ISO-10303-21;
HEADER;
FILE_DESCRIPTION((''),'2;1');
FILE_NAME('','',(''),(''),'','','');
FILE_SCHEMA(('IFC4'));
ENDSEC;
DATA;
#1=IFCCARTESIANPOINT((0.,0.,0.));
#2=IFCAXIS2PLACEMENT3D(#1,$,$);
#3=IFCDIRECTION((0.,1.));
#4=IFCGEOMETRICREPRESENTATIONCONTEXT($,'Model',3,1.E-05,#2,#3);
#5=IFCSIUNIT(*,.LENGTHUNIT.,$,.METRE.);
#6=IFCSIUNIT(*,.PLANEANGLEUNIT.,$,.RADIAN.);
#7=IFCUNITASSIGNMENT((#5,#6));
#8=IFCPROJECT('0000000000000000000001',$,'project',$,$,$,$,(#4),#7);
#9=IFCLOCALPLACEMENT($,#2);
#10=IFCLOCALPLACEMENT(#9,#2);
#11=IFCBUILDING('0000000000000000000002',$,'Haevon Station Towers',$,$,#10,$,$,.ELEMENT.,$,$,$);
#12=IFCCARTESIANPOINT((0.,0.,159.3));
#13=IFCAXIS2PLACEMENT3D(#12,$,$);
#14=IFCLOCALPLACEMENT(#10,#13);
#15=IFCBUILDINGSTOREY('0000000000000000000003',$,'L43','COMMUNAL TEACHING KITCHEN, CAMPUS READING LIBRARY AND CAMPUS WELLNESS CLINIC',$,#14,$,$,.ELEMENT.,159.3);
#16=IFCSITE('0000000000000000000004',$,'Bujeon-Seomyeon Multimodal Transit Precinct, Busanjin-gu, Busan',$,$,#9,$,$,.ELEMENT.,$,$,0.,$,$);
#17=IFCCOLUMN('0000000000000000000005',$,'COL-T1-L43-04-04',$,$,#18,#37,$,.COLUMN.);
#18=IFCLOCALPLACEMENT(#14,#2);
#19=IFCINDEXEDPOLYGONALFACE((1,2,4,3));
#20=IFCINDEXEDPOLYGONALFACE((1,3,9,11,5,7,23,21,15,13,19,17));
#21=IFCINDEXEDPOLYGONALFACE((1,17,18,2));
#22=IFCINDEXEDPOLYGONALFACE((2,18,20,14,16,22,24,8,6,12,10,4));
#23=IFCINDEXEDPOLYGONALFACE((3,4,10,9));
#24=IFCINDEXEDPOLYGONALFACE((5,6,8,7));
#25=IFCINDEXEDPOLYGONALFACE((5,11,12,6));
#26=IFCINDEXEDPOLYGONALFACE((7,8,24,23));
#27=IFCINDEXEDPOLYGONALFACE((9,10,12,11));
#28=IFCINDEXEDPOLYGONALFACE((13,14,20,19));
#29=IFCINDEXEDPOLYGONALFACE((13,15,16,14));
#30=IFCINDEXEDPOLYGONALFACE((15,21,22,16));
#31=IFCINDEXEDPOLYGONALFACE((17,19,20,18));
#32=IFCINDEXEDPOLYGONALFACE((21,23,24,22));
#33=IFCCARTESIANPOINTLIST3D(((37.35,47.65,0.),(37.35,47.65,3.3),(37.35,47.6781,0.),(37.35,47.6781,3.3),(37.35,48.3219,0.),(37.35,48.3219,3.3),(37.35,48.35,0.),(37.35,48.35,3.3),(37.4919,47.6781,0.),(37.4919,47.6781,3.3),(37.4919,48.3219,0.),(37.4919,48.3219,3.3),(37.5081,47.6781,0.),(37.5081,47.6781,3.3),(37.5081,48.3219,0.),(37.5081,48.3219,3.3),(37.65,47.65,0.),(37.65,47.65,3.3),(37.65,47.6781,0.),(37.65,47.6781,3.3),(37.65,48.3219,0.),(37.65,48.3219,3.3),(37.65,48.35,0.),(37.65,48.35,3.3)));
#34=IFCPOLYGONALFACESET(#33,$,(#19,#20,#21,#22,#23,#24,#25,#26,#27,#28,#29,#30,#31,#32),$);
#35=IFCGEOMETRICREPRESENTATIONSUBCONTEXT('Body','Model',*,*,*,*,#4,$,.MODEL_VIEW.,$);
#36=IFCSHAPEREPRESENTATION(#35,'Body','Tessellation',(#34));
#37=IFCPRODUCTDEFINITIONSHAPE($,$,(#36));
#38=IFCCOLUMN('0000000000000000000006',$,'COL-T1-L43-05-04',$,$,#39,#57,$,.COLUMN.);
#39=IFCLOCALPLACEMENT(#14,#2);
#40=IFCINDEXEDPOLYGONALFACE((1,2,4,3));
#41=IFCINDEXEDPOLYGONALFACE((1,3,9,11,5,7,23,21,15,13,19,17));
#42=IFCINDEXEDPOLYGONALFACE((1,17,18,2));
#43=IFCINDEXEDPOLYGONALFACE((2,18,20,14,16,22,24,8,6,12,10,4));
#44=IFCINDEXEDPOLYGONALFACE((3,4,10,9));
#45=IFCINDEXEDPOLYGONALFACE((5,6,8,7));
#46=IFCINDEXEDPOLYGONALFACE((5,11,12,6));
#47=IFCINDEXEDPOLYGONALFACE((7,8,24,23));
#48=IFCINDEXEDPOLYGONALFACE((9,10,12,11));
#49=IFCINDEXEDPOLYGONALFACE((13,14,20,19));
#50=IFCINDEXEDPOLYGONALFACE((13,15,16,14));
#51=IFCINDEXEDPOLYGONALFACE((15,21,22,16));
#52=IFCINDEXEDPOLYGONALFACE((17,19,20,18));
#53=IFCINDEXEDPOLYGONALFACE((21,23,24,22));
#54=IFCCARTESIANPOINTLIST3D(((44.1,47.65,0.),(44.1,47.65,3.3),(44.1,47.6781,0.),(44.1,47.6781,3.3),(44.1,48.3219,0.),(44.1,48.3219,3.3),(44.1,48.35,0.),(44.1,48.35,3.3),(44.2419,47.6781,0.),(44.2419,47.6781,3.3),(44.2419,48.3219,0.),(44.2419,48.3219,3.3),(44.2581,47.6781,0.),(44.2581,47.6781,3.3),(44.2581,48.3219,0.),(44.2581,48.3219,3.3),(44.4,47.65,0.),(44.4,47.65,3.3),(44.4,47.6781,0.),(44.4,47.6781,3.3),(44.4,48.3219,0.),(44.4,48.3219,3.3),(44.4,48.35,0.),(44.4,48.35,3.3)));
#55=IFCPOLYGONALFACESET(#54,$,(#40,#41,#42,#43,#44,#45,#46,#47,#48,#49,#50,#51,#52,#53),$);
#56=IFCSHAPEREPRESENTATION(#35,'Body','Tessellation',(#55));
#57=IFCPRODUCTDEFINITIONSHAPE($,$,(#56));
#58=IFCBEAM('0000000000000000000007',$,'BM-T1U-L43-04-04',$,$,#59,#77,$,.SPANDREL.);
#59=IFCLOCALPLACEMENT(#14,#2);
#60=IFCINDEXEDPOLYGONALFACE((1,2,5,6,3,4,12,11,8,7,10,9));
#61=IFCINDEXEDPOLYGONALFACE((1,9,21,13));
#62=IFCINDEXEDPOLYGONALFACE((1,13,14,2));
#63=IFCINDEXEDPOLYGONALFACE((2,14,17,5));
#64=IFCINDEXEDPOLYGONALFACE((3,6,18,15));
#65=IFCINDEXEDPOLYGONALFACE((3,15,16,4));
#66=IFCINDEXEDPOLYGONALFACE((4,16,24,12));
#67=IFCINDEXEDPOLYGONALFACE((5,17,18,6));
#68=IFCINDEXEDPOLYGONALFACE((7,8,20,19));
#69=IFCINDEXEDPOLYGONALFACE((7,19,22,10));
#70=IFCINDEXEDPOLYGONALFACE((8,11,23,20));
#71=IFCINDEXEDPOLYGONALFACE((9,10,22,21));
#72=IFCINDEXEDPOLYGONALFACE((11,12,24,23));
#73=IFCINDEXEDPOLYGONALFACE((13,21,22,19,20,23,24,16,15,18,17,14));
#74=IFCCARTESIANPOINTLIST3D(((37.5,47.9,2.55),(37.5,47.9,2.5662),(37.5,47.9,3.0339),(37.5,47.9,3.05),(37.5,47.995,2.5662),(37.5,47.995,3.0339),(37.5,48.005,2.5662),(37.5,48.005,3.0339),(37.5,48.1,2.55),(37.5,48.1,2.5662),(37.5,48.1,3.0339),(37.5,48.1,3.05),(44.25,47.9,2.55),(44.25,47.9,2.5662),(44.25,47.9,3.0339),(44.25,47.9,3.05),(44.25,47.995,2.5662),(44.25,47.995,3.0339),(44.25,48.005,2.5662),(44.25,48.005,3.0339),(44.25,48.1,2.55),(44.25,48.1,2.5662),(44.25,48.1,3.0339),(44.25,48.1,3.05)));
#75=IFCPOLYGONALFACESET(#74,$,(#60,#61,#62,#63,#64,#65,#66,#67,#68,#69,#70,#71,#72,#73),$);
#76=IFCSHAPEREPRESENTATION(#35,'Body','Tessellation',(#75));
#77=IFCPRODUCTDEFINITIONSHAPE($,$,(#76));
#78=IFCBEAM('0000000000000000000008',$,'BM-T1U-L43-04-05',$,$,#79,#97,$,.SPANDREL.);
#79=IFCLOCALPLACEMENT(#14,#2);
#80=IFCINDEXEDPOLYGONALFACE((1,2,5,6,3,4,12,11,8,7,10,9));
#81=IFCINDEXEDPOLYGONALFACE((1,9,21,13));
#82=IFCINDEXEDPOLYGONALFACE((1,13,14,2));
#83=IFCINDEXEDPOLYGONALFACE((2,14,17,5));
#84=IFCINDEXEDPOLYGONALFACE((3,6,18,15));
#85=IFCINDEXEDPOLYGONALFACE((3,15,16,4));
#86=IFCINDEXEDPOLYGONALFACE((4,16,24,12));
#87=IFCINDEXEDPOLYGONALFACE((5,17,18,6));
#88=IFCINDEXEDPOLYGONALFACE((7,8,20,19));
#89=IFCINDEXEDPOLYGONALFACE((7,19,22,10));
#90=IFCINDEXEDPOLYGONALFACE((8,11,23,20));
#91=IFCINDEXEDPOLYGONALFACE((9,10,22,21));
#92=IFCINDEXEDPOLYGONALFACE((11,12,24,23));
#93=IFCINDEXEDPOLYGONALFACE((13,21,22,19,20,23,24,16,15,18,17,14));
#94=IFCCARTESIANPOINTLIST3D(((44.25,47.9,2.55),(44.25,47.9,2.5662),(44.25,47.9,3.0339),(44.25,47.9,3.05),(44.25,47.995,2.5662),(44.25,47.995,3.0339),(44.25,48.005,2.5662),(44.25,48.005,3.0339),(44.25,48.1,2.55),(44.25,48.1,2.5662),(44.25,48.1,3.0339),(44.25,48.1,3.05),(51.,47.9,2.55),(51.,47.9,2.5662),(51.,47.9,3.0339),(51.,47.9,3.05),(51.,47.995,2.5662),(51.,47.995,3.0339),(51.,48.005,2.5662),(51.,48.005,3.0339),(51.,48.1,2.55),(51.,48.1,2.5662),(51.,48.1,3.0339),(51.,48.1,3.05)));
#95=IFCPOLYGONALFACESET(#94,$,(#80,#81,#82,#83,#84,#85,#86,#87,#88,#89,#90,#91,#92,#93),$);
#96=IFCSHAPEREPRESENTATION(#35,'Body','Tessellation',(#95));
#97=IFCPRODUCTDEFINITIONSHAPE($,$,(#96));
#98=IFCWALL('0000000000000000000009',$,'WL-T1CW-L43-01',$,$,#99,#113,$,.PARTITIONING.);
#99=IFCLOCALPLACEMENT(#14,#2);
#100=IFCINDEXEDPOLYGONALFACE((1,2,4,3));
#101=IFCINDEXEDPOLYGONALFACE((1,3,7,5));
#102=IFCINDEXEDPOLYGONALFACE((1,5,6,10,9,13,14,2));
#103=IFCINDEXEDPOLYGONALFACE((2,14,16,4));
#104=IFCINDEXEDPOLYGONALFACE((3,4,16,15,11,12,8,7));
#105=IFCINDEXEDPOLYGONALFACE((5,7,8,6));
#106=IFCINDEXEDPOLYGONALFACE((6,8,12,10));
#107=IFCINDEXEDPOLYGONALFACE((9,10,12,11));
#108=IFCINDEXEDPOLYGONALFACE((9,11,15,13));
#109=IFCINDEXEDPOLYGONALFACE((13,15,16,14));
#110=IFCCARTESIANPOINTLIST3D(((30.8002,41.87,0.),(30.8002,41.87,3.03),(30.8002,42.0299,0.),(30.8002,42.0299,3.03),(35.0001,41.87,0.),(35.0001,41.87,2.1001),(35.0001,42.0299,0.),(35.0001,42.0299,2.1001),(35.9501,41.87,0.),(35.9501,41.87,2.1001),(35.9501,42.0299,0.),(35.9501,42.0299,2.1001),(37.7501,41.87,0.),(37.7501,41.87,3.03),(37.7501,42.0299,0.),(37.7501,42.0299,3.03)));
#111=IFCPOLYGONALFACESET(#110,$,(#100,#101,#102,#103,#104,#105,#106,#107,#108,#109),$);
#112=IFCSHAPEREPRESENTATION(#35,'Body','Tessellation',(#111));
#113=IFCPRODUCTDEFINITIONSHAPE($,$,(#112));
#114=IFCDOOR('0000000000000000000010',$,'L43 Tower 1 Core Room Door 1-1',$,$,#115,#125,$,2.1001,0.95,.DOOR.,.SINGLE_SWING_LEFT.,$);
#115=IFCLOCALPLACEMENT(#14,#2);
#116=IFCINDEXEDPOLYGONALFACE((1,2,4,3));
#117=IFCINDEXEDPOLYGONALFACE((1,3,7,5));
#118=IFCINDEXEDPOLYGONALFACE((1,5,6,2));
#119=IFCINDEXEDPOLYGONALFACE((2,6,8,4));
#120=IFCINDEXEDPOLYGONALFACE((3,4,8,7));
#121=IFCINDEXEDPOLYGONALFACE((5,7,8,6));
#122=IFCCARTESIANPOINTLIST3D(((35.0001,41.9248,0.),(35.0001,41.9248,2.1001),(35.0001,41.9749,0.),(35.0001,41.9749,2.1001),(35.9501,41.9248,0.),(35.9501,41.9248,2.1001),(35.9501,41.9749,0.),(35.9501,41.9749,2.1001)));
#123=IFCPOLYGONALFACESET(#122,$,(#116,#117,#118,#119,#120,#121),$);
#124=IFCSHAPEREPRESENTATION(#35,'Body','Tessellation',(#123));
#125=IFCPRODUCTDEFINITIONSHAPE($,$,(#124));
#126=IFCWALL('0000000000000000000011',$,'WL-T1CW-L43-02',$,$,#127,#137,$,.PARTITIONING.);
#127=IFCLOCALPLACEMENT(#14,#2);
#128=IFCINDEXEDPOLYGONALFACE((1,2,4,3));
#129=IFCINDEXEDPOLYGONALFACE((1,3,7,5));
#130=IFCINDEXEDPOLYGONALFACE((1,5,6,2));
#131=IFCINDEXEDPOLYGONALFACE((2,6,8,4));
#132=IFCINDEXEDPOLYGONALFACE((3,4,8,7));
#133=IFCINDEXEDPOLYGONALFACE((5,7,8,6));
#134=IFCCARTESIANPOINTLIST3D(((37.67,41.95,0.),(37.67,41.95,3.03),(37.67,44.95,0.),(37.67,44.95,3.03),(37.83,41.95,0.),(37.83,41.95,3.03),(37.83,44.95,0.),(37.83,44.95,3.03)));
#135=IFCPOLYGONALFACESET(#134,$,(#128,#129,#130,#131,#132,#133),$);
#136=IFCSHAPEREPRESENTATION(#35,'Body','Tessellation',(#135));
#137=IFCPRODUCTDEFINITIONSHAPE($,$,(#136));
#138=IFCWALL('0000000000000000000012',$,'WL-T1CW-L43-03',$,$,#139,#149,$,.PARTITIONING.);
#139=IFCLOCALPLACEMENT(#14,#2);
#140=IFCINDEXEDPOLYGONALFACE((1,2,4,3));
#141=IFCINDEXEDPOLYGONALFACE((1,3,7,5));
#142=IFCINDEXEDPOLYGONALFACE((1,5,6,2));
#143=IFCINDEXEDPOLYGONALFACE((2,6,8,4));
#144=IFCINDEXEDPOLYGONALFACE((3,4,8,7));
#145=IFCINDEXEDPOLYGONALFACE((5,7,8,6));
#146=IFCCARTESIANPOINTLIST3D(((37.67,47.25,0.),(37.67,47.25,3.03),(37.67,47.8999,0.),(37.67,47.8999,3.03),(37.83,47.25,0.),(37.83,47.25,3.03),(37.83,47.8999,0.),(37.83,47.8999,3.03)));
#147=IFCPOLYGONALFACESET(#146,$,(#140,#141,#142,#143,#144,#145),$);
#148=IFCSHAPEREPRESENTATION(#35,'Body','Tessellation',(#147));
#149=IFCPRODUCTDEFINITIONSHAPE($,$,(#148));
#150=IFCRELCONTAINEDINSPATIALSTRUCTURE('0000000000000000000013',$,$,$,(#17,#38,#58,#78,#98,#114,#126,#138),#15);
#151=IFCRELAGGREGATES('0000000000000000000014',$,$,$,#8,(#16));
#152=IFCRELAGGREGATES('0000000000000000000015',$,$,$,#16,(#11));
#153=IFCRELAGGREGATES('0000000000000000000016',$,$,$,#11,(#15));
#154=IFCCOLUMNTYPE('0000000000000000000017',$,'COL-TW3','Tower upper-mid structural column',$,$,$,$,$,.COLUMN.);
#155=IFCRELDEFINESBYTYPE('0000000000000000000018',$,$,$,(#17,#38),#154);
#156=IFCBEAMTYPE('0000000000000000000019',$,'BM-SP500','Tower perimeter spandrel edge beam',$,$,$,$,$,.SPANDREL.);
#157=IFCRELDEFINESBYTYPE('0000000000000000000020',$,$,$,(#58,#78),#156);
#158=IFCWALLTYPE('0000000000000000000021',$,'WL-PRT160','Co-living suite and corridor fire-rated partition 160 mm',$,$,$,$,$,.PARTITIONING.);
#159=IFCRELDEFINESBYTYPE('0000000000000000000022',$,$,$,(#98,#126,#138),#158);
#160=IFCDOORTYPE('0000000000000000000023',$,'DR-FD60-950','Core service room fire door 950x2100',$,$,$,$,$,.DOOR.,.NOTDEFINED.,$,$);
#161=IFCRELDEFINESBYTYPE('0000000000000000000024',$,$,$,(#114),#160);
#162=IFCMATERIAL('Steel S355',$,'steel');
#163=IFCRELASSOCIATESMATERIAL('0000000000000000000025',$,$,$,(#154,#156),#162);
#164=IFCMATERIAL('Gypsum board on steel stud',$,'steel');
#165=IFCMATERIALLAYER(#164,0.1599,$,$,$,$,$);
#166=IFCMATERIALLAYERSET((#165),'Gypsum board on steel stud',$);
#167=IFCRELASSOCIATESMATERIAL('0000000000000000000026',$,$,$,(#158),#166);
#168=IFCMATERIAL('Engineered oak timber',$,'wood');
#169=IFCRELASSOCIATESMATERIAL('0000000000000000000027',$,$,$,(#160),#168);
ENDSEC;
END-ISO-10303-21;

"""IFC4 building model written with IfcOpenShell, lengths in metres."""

from ifc_helpers import new_model, si_unit, direction, frame, frame_2d, origin, origin_2d, place, context, subcontext, project, spatial, rectangle, i_section, extrude, material, layer, layer_set, material_profile, profile_set, type_object, element, fill, save


model = new_model("IFC4")

# Units and contexts
model_context = context("Model", 3, precision=1e-05, world=origin(), true_north=direction((0.0, 1.0)))
body_context = subcontext(model_context, "Body", "Model", "MODEL_VIEW")
ifc_project = project(units=[si_unit("LENGTHUNIT", "METRE"), si_unit("PLANEANGLEUNIT", "RADIAN")], contexts=[model_context])

# Site, building, storey
site_placement = place(None, origin())
site = spatial("IfcSite", under=ifc_project, at=site_placement, Name="Bujeon-Seomyeon Multimodal Transit Precinct, Busanjin-gu, Busan", CompositionType="ELEMENT", RefElevation=0.0)
building_placement = place(site_placement, origin())
building = spatial("IfcBuilding", under=site, at=building_placement, Name="Haevon Station Towers", CompositionType="ELEMENT")
storey_placement = place(building_placement, frame((0.0, 0.0, 159.3)))
storey = spatial("IfcBuildingStorey", under=building, at=storey_placement, Name="L43", Description="COMMUNAL TEACHING KITCHEN, CAMPUS READING LIBRARY AND CAMPUS WELLNESS CLINIC", CompositionType="ELEMENT", Elevation=159.3)

# Columns
ifc_material_1 = material(Name="Steel S355", Category="steel")
ifc_material_profile_1 = material_profile(ifc_material_1, i_section(OverallWidth=0.3, OverallDepth=0.7, WebThickness=0.0161, FlangeThickness=0.0281, at=origin_2d()), Name="H-700x300x16x28")
ifc_profile_set_1 = profile_set([ifc_material_profile_1], Name="Steel S355")
column_type = type_object("IfcColumnType", Name="COL-TW3", Description="Tower upper-mid structural column", PredefinedType="COLUMN", material=ifc_profile_set_1)
for number, where, z_axis, x_axis, name in (
    (1, (37.5, 48.0, 0.0), (0.0, 0.0, 1.0), (1.0, 0.0, 0.0), "COL-T1-L43-04-04"),
    (2, (44.25, 48.0, 0.0), (0.0, 0.0, 1.0), (1.0, 0.0, 0.0), "COL-T1-L43-05-04"),
):
    element("IfcColumn", number, at=place(storey_placement, frame(where, z_axis=z_axis, x_axis=x_axis)), inside=storey, type_object=column_type, Name=name, PredefinedType="COLUMN", context=body_context, shape_type="SweptSolid", body=[
        extrude(i_section(OverallWidth=0.3, OverallDepth=0.7, WebThickness=0.0161, FlangeThickness=0.0281, at=origin_2d()), origin(), (0.0, 0.0, 1.0), 3.3),
    ])

# Beams
ifc_material_profile_2 = material_profile(ifc_material_1, i_section(OverallWidth=0.2, OverallDepth=0.5, WebThickness=0.01, FlangeThickness=0.0161, at=origin_2d()), Name="H-500x200x10x16")
ifc_profile_set_2 = profile_set([ifc_material_profile_2], Name="Steel S355")
beam_type = type_object("IfcBeamType", Name="BM-SP500", Description="Tower perimeter spandrel edge beam", PredefinedType="SPANDREL", material=ifc_profile_set_2)
for number, where, z_axis, x_axis, name in (
    (3, (37.5, 48.0, 2.8), (1.0, 0.0, 0.0), (0.0, 1.0, 0.0), "BM-T1U-L43-04-04"),
    (4, (44.25, 48.0, 2.8), (1.0, 0.0, 0.0), (0.0, 1.0, 0.0), "BM-T1U-L43-04-05"),
):
    element("IfcBeam", number, at=place(storey_placement, frame(where, z_axis=z_axis, x_axis=x_axis)), inside=storey, type_object=beam_type, Name=name, PredefinedType="SPANDREL", context=body_context, shape_type="SweptSolid", body=[
        extrude(i_section(OverallWidth=0.2, OverallDepth=0.5, WebThickness=0.01, FlangeThickness=0.0161, at=origin_2d()), origin(), (0.0, 0.0, 1.0), 6.75),
    ])

# Wall, opening, door
ifc_material_2 = material(Name="Gypsum board on steel stud", Category="steel")
ifc_layer_1 = layer(ifc_material_2, 0.1599)
ifc_layer_set_1 = layer_set([ifc_layer_1], Name="Gypsum board on steel stud")
wall_type_1 = type_object("IfcWallType", Name="WL-PRT160", Description="Co-living suite and corridor fire-rated partition 160 mm", PredefinedType="PARTITIONING", material=ifc_layer_set_1)
wall_1_placement = place(storey_placement, frame((30.8, 41.95, 0.0), z_axis=(0.0, 0.0, 1.0), x_axis=(1.0, 0.0, 0.0)))
wall_1 = element("IfcWall", 5, at=wall_1_placement, inside=storey, type_object=wall_type_1, Name="WL-T1CW-L43-01", PredefinedType="PARTITIONING", context=body_context, shape_type="SweptSolid", body=[
    extrude(rectangle(XDim=6.95, YDim=0.1599, at=frame_2d((3.4751, 0.0))), origin(), (0.0, 0.0, 1.0), 3.03),
])
opening_1_placement = place(wall_1_placement, frame((4.2, 0.0, 0.0)))
opening_1 = element("IfcOpeningElement", 6, at=opening_1_placement, cuts=wall_1, PredefinedType="OPENING", context=body_context, shape_type="SweptSolid", body=[
    extrude(rectangle(XDim=0.95, YDim=2.1001, at=frame_2d((0.4751, 1.05))), frame((0.0, 0.0898, 0.0), z_axis=(0.0, -1.0, 0.0), x_axis=(1.0, 0.0, 0.0)), (0.0, 0.0, 1.0), 0.1799),
])
ifc_material_3 = material(Name="Engineered oak timber", Category="wood")
door_type_1 = type_object("IfcDoorType", Name="DR-FD60-950", Description="Core service room fire door 950x2100", OperationType="NOTDEFINED", PredefinedType="DOOR", material=ifc_material_3)
door_1_placement = place(opening_1_placement, origin())
door_1 = element("IfcDoor", 7, at=door_1_placement, inside=storey, type_object=door_type_1, Name="L43 Tower 1 Core Room Door 1-1", OperationType="SINGLE_SWING_LEFT", OverallHeight=2.1001, OverallWidth=0.95, PredefinedType="DOOR", context=body_context, shape_type="SweptSolid", body=[
    extrude(rectangle(XDim=0.95, YDim=2.1001, at=frame_2d((0.4751, 1.05))), frame((0.0, 0.0249, 0.0), z_axis=(0.0, -1.0, 0.0), x_axis=(1.0, 0.0, 0.0)), (0.0, 0.0, 1.0), 0.05),
])
fill(opening_1, door_1)

# Walls
wall_2_placement = place(storey_placement, frame((37.75, 41.95, 0.0), z_axis=(0.0, 0.0, 1.0), x_axis=(0.0, 1.0, 0.0)))
element("IfcWall", 8, at=wall_2_placement, inside=storey, type_object=wall_type_1, Name="WL-T1CW-L43-02", PredefinedType="PARTITIONING", context=body_context, shape_type="SweptSolid", body=[
    extrude(rectangle(XDim=3.0, YDim=0.1599, at=frame_2d((1.5, 0.0))), origin(), (0.0, 0.0, 1.0), 3.03),
])
wall_3_placement = place(storey_placement, frame((37.75, 47.25, 0.0), z_axis=(0.0, 0.0, 1.0), x_axis=(0.0, 1.0, 0.0)))
element("IfcWall", 9, at=wall_3_placement, inside=storey, type_object=wall_type_1, Name="WL-T1CW-L43-03", PredefinedType="PARTITIONING", context=body_context, shape_type="SweptSolid", body=[
    extrude(rectangle(XDim=0.6499, YDim=0.1599, at=frame_2d((0.325, 0.0))), origin(), (0.0, 0.0, 1.0), 3.03),
])

save(model, "model.ifc")
